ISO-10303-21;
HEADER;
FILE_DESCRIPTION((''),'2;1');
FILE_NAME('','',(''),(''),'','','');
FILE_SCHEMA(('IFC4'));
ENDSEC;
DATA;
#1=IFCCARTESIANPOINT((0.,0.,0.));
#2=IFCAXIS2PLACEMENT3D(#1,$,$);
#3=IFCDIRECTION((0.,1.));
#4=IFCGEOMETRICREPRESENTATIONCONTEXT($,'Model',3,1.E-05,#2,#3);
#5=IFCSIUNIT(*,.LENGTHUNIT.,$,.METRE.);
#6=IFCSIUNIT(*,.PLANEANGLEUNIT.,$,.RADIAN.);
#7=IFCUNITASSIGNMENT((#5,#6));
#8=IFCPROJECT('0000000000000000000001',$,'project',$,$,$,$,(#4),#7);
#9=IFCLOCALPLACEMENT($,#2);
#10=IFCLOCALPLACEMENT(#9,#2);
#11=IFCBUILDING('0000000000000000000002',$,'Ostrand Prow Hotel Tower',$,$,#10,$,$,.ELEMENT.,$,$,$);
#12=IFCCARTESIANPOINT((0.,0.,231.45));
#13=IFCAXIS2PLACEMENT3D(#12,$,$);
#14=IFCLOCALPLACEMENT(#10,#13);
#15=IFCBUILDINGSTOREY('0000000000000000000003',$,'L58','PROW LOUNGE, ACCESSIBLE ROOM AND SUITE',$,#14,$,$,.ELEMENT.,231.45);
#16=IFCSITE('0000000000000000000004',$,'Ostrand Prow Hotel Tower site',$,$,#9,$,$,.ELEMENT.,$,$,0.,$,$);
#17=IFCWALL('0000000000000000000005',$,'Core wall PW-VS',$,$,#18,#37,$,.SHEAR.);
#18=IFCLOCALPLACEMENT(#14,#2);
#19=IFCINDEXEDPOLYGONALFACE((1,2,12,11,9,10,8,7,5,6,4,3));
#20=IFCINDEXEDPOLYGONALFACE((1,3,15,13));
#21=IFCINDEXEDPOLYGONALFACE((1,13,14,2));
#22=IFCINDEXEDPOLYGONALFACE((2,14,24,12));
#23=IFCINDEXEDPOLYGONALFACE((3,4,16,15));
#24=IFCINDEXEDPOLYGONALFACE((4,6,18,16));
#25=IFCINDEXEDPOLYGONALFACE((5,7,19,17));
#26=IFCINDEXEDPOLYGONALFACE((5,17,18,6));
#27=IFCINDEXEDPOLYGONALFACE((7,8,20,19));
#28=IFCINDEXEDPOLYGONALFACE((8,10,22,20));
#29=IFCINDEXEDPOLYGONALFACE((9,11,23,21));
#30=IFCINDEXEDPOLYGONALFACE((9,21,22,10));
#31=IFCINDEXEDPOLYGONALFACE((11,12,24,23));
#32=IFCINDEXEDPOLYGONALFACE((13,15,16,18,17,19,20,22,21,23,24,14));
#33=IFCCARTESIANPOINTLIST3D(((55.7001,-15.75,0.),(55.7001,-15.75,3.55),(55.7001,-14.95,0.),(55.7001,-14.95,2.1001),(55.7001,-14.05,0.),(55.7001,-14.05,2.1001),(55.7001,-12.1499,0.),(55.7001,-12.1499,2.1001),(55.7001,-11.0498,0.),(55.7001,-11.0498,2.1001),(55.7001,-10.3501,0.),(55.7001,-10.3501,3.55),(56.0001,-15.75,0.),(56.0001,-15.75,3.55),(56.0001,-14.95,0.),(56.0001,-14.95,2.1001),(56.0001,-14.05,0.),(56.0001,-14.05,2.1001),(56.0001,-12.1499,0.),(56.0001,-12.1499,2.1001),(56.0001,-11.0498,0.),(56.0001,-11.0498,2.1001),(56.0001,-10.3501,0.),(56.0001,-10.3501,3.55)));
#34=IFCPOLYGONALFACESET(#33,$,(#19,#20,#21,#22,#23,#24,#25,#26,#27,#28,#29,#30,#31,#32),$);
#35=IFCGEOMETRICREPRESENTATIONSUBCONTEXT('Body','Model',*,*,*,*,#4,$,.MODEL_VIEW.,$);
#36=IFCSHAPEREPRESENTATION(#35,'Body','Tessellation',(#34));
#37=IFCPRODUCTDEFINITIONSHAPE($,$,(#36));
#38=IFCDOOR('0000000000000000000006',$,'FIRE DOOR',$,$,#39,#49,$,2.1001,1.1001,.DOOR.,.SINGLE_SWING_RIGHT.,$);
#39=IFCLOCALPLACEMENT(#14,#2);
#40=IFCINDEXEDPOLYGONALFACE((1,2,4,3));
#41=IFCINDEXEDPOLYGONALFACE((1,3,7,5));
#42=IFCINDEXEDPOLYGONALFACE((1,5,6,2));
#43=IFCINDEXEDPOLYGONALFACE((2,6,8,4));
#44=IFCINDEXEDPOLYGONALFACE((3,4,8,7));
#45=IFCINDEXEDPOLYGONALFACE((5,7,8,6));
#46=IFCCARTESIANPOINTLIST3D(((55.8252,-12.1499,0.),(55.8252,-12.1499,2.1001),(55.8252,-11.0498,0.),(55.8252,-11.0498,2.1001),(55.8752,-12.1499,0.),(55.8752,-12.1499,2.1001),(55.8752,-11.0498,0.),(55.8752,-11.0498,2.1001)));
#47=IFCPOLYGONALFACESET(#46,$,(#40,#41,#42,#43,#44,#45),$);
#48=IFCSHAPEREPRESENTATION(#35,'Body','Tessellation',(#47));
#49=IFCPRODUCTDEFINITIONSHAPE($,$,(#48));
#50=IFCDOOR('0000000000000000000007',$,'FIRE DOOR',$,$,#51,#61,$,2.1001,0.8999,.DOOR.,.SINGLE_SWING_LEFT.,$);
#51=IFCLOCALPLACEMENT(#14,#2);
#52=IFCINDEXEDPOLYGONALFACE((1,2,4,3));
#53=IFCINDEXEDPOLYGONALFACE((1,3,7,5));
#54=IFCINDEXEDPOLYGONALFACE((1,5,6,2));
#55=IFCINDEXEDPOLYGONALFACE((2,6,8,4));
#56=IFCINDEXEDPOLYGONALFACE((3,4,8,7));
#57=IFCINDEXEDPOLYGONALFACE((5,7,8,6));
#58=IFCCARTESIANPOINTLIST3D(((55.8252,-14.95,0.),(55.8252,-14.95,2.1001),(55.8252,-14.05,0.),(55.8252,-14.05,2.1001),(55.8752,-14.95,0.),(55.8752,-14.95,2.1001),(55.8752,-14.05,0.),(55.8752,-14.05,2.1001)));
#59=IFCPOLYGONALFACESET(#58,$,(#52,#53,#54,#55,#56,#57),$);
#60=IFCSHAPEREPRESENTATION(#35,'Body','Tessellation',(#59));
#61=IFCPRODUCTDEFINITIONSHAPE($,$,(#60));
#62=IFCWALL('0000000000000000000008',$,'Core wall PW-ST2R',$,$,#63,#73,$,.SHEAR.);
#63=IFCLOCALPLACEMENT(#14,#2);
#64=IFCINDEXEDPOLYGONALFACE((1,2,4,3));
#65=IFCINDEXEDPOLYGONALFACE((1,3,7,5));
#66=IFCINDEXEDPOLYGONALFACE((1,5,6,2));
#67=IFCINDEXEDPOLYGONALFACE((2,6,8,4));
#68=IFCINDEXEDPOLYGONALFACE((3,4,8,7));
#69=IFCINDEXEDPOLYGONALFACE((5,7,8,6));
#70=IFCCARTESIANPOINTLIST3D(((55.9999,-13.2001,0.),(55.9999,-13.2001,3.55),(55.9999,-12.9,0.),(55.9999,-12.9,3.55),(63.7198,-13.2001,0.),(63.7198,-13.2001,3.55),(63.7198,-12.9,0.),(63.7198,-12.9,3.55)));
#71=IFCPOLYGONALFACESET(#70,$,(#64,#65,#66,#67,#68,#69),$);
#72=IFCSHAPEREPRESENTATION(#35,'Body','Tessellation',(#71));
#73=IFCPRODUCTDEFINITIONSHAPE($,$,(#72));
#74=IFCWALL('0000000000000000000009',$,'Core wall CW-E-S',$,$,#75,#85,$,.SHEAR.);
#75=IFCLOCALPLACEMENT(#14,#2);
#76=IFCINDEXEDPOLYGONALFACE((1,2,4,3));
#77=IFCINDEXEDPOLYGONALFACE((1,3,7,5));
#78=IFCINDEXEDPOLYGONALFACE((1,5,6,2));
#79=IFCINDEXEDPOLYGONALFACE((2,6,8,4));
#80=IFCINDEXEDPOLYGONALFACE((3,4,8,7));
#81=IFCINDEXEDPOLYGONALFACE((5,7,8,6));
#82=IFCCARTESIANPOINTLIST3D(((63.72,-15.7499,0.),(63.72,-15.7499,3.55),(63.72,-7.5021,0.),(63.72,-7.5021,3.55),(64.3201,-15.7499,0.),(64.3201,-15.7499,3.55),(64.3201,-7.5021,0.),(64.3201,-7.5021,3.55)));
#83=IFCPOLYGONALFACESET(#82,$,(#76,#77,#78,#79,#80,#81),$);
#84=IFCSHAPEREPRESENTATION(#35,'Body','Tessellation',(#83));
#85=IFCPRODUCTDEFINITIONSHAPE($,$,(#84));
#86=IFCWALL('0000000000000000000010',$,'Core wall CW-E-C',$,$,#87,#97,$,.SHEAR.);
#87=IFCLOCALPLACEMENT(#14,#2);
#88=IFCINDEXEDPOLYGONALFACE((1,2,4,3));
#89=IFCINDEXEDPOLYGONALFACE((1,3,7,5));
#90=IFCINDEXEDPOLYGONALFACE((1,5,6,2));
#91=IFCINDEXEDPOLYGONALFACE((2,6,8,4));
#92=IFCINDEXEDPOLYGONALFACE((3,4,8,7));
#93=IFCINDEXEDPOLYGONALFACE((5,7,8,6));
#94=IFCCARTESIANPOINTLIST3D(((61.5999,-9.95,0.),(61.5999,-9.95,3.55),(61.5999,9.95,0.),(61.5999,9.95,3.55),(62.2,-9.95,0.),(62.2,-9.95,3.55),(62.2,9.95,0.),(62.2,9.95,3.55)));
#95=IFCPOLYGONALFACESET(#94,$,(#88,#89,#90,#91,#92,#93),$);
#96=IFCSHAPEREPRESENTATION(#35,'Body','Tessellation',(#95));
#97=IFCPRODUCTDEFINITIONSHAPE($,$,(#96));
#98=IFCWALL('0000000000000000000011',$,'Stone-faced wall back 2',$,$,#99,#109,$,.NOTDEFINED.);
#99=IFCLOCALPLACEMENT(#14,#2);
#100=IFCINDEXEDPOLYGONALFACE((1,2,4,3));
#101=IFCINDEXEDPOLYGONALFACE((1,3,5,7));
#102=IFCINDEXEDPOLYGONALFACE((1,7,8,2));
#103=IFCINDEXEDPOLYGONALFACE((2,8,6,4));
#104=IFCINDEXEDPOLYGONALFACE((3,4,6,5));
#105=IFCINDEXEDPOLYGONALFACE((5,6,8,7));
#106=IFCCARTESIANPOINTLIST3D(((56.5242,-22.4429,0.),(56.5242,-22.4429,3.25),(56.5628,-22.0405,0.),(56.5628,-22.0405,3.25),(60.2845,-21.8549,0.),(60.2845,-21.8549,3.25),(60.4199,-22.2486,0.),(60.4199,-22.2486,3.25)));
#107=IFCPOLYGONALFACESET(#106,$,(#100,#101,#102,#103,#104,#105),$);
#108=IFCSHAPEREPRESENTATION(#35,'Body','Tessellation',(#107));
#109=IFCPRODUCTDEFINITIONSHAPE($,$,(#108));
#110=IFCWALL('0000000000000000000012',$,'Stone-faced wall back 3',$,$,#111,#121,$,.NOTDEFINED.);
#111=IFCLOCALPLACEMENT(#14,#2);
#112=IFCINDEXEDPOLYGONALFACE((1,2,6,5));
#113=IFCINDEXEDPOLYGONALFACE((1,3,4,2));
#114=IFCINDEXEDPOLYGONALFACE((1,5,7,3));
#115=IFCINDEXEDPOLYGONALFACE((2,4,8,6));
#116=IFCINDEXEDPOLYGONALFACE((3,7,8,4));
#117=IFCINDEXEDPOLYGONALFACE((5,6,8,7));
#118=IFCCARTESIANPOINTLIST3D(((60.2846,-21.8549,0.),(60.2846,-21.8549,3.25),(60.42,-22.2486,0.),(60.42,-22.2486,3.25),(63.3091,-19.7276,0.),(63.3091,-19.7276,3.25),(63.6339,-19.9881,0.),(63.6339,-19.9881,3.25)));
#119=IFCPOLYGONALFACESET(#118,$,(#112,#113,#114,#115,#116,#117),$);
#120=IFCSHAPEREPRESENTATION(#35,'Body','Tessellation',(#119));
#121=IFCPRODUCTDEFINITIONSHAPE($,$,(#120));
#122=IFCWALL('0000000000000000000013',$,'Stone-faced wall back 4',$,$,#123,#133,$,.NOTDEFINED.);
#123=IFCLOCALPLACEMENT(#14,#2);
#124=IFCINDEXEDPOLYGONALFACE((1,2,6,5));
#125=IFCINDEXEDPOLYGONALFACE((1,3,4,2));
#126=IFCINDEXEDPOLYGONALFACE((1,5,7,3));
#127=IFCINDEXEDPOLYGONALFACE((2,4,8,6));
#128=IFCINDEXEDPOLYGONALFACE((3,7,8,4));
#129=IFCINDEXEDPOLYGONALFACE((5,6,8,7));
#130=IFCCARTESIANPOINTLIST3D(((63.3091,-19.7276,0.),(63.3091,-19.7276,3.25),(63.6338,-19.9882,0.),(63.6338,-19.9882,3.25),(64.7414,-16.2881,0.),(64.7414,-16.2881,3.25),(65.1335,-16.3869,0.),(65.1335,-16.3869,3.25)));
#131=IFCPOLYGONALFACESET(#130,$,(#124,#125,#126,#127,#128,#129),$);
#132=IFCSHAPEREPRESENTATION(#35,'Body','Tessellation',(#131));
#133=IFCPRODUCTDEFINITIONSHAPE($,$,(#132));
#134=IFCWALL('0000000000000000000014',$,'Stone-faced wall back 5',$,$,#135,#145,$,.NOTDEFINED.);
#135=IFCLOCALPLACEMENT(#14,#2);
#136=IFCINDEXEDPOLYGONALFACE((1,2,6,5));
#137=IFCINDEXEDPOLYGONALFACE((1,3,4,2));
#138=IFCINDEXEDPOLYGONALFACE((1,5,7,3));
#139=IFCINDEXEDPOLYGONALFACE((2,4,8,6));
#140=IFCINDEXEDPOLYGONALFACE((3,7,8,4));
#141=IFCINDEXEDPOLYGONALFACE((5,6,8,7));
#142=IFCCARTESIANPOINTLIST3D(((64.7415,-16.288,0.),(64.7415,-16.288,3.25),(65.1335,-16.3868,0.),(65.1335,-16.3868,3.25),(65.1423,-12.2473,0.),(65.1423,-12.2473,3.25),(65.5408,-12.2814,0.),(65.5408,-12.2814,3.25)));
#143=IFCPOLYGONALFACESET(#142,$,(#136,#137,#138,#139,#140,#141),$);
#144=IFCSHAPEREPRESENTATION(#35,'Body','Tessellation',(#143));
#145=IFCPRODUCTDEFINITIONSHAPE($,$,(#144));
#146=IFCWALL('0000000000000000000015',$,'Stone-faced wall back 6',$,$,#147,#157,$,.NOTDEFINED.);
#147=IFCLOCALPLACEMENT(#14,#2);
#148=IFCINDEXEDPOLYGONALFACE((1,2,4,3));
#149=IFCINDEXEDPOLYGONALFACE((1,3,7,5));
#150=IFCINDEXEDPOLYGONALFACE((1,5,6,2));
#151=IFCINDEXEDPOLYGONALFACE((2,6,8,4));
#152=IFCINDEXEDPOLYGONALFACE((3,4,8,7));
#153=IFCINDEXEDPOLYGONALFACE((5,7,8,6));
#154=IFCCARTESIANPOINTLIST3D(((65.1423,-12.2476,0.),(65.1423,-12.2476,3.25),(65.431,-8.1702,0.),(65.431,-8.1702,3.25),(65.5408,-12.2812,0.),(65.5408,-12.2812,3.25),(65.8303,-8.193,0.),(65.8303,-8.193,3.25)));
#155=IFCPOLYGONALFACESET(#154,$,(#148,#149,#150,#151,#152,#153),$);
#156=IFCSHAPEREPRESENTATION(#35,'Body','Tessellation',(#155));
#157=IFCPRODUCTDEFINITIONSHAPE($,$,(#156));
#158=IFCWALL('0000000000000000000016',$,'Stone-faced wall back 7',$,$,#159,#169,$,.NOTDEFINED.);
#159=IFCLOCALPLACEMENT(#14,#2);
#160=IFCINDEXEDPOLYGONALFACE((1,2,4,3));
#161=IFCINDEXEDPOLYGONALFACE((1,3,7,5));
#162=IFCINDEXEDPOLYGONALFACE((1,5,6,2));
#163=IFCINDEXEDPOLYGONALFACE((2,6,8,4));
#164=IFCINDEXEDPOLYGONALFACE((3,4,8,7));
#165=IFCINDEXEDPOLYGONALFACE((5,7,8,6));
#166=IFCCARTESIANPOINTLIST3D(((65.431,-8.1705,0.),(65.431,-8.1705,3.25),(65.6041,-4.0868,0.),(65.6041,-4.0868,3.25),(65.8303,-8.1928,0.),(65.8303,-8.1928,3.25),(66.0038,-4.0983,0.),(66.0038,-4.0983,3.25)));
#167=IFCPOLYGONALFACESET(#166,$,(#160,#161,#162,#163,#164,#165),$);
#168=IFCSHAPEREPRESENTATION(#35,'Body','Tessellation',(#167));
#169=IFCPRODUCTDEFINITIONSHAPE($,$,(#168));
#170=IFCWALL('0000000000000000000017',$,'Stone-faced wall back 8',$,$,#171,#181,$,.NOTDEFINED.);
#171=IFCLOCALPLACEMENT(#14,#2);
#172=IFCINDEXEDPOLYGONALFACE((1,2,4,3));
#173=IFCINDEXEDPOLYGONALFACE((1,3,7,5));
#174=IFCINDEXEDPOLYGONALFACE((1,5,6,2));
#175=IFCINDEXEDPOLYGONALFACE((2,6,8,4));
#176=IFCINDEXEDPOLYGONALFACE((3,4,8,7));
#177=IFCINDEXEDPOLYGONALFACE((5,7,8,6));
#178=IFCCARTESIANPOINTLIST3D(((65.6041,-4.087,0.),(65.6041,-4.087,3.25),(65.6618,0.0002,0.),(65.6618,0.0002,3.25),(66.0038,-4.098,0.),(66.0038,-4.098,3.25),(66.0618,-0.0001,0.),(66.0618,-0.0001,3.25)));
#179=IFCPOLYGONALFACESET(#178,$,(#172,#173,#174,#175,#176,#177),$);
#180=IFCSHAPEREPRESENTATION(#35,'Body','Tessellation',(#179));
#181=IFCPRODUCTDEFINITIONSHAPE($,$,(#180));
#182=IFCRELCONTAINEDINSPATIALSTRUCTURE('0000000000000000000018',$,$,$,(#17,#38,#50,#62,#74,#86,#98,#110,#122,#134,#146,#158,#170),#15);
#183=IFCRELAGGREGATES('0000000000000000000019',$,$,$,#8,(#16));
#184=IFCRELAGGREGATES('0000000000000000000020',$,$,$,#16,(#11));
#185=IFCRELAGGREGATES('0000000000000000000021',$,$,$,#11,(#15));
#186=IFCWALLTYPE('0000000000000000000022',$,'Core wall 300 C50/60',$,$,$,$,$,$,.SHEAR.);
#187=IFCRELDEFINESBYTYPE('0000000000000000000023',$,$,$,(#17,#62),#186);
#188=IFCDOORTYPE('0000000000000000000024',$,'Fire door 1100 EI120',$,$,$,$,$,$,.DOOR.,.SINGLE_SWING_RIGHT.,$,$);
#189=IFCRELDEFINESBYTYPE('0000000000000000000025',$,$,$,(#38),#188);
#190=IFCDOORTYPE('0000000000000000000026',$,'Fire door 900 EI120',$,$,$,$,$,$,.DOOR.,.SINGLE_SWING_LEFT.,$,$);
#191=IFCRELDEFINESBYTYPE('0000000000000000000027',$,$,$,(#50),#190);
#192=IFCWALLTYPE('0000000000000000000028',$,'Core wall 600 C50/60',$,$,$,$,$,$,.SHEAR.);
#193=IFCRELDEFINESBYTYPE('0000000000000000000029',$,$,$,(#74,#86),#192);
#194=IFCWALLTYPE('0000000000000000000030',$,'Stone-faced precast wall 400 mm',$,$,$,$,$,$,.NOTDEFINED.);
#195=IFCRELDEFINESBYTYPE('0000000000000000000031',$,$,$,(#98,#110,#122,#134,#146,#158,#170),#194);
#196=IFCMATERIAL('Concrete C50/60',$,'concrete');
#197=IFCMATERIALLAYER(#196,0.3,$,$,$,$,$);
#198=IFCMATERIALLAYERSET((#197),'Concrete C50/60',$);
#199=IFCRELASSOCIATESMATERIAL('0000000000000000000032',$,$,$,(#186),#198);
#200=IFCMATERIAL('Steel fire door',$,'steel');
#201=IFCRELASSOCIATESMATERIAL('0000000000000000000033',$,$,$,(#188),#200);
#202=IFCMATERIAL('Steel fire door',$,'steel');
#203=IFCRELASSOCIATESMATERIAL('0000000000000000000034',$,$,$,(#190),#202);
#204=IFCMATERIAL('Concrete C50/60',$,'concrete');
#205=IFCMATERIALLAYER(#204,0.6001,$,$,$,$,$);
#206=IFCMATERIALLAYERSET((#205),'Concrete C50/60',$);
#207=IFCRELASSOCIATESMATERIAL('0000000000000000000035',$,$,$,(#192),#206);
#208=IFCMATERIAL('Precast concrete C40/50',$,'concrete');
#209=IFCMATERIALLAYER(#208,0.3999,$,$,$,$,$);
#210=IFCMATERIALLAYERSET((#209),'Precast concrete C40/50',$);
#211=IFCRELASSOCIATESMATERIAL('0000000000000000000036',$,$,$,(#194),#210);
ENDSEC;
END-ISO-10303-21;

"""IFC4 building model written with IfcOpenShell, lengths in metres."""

from ifc_helpers import new_model, si_unit, direction, frame, frame_2d, origin, place, context, subcontext, project, spatial, polyline, rectangle, outline, extrude, material, layer, layer_set, type_object, element, fill, save


model = new_model("IFC4")

# Units and contexts
model_context = context("Model", 3, precision=1e-05, world=origin(), true_north=direction((0.0, 1.0)))
body_context = subcontext(model_context, "Body", "Model", "MODEL_VIEW")
ifc_project = project(units=[si_unit("LENGTHUNIT", "METRE"), si_unit("PLANEANGLEUNIT", "RADIAN")], contexts=[model_context])

# Site, building, storey
site_placement = place(None, origin())
site = spatial("IfcSite", under=ifc_project, at=site_placement, Name="Ostrand Prow Hotel Tower site", CompositionType="ELEMENT", RefElevation=0.0)
building_placement = place(site_placement, origin())
building = spatial("IfcBuilding", under=site, at=building_placement, Name="Ostrand Prow Hotel Tower", CompositionType="ELEMENT")
storey_placement = place(building_placement, frame((0.0, 0.0, 231.45)))
storey = spatial("IfcBuildingStorey", under=building, at=storey_placement, Name="L58", Description="PROW LOUNGE, ACCESSIBLE ROOM AND SUITE", CompositionType="ELEMENT", Elevation=231.45)

# Shared definitions
ifc_material_1 = material(Name="Concrete C50/60", Category="concrete")
ifc_layer_1 = layer(ifc_material_1, 0.3)
ifc_layer_set_1 = layer_set([ifc_layer_1], Name="Concrete C50/60")
wall_type_1 = type_object("IfcWallType", Name="Core wall 300 C50/60", PredefinedType="SHEAR", material=ifc_layer_set_1)

# Wall, openings, doors
wall_1_placement = place(storey_placement, frame((55.8501, -15.75, 0.0), z_axis=(0.0, 0.0, 1.0), x_axis=(0.0, 1.0, 0.0)))
wall_1 = element("IfcWall", 1, at=wall_1_placement, inside=storey, type_object=wall_type_1, Name="Core wall PW-VS", PredefinedType="SHEAR", context=body_context, shape_type="SweptSolid", body=[
    extrude(rectangle(XDim=5.3999, YDim=0.3, at=frame_2d((2.7, 0.0))), origin(), (0.0, 0.0, 1.0), 3.55),
])
opening_1_placement = place(wall_1_placement, frame((3.6001, 0.0, 0.0)))
opening_1 = element("IfcOpeningElement", 2, at=opening_1_placement, cuts=wall_1, PredefinedType="OPENING", context=body_context, shape_type="SweptSolid", body=[
    extrude(rectangle(XDim=1.1001, YDim=2.1001, at=frame_2d((0.55, 1.05))), frame((0.0, 0.1599, 0.0), z_axis=(0.0, -1.0, 0.0), x_axis=(1.0, 0.0, 0.0)), (0.0, 0.0, 1.0), 0.3201),
])
opening_2_placement = place(wall_1_placement, frame((0.8, 0.0, 0.0)))
opening_2 = element("IfcOpeningElement", 3, at=opening_2_placement, cuts=wall_1, PredefinedType="OPENING", context=body_context, shape_type="SweptSolid", body=[
    extrude(rectangle(XDim=0.8999, YDim=2.1001, at=frame_2d((0.45, 1.05))), frame((0.0, 0.1599, 0.0), z_axis=(0.0, -1.0, 0.0), x_axis=(1.0, 0.0, 0.0)), (0.0, 0.0, 1.0), 0.3201),
])
ifc_material_2 = material(Name="Steel fire door", Category="steel")
door_type_1 = type_object("IfcDoorType", Name="Fire door 1100 EI120", OperationType="SINGLE_SWING_RIGHT", PredefinedType="DOOR", material=ifc_material_2)
door_1_placement = place(opening_1_placement, origin())
door_1 = element("IfcDoor", 4, at=door_1_placement, inside=storey, type_object=door_type_1, Name="FIRE DOOR", OperationType="SINGLE_SWING_RIGHT", OverallHeight=2.1001, OverallWidth=1.1001, PredefinedType="DOOR", context=body_context, shape_type="SweptSolid", body=[
    extrude(rectangle(XDim=1.1001, YDim=2.1001, at=frame_2d((0.55, 1.05))), frame((0.0, 0.0249, 0.0), z_axis=(0.0, -1.0, 0.0), x_axis=(1.0, 0.0, 0.0)), (0.0, 0.0, 1.0), 0.05),
])
fill(opening_1, door_1)
ifc_material_3 = material(Name="Steel fire door", Category="steel")
door_type_2 = type_object("IfcDoorType", Name="Fire door 900 EI120", OperationType="SINGLE_SWING_LEFT", PredefinedType="DOOR", material=ifc_material_3)
door_2_placement = place(opening_2_placement, origin())
door_2 = element("IfcDoor", 5, at=door_2_placement, inside=storey, type_object=door_type_2, Name="FIRE DOOR", OperationType="SINGLE_SWING_LEFT", OverallHeight=2.1001, OverallWidth=0.8999, PredefinedType="DOOR", context=body_context, shape_type="SweptSolid", body=[
    extrude(rectangle(XDim=0.8999, YDim=2.1001, at=frame_2d((0.45, 1.05))), frame((0.0, 0.0249, 0.0), z_axis=(0.0, -1.0, 0.0), x_axis=(1.0, 0.0, 0.0)), (0.0, 0.0, 1.0), 0.05),
])
fill(opening_2, door_2)

# Walls
wall_2_placement = place(storey_placement, frame((56.0, -13.05, 0.0), z_axis=(0.0, 0.0, 1.0), x_axis=(1.0, 0.0, 0.0)))
element("IfcWall", 6, at=wall_2_placement, inside=storey, type_object=wall_type_1, Name="Core wall PW-ST2R", PredefinedType="SHEAR", context=body_context, shape_type="SweptSolid", body=[
    extrude(rectangle(XDim=7.72, YDim=0.3, at=frame_2d((3.8599, 0.0))), origin(), (0.0, 0.0, 1.0), 3.55),
])
ifc_material_4 = material(Name="Concrete C50/60", Category="concrete")
ifc_layer_2 = layer(ifc_material_4, 0.6001)
ifc_layer_set_2 = layer_set([ifc_layer_2], Name="Concrete C50/60")
wall_type_2 = type_object("IfcWallType", Name="Core wall 600 C50/60", PredefinedType="SHEAR", material=ifc_layer_set_2)
wall_3_placement = place(storey_placement, frame((64.02, -15.75, 0.0), z_axis=(0.0, 0.0, 1.0), x_axis=(0.0, 1.0, 0.0)))
element("IfcWall", 7, at=wall_3_placement, inside=storey, type_object=wall_type_2, Name="Core wall CW-E-S", PredefinedType="SHEAR", context=body_context, shape_type="SweptSolid", body=[
    extrude(rectangle(XDim=8.2478, YDim=0.6001, at=frame_2d((4.124, 0.0))), origin(), (0.0, 0.0, 1.0), 3.55),
])
wall_4_placement = place(storey_placement, frame((61.8999, -9.95, 0.0), z_axis=(0.0, 0.0, 1.0), x_axis=(0.0, 1.0, 0.0)))
element("IfcWall", 8, at=wall_4_placement, inside=storey, type_object=wall_type_2, Name="Core wall CW-E-C", PredefinedType="SHEAR", context=body_context, shape_type="SweptSolid", body=[
    extrude(rectangle(XDim=19.8999, YDim=0.6001, at=frame_2d((9.95, 0.0))), origin(), (0.0, 0.0, 1.0), 3.55),
])
ifc_material_5 = material(Name="Precast concrete C40/50", Category="concrete")
ifc_layer_3 = layer(ifc_material_5, 0.3999)
ifc_layer_set_3 = layer_set([ifc_layer_3], Name="Precast concrete C40/50")
wall_type_3 = type_object("IfcWallType", Name="Stone-faced precast wall 400 mm", PredefinedType="NOTDEFINED", material=ifc_layer_set_3)
wall_5_placement = place(storey_placement, frame((56.5435, -22.2417, 0.0), z_axis=(0.0, 0.0, 1.0), x_axis=(0.998759, 0.049807, 0.0)))
element("IfcWall", 9, at=wall_5_placement, inside=storey, type_object=wall_type_3, Name="Stone-faced wall back 2", PredefinedType="NOTDEFINED", context=body_context, shape_type="SweptSolid", body=[
    extrude(outline(polyline([(-0.0293, -0.2), (3.8713, -0.2), (3.7556, 0.2), (0.0293, 0.2), (-0.0293, -0.2)])), origin(), (0.0, 0.0, 1.0), 3.25),
])
wall_6_placement = place(storey_placement, frame((60.3523, -22.0518, 0.0), z_axis=(0.0, 0.0, 1.0), x_axis=(0.817943, 0.5753, 0.0)))
element("IfcWall", 10, at=wall_6_placement, inside=storey, type_object=wall_type_3, Name="Stone-faced wall back 3", PredefinedType="NOTDEFINED", context=body_context, shape_type="SweptSolid", body=[
    extrude(outline(polyline([(-0.0579, -0.2), (3.8713, -0.2), (3.7556, 0.2), (0.0579, 0.2), (-0.0579, -0.2)])), origin(), (0.0, 0.0, 1.0), 3.25),
])
wall_7_placement = place(storey_placement, frame((63.4714, -19.8579, 0.0), z_axis=(0.0, 0.0, 1.0), x_axis=(0.384434, 0.923153, 0.0)))
element("IfcWall", 11, at=wall_7_placement, inside=storey, type_object=wall_type_3, Name="Stone-faced wall back 4", PredefinedType="NOTDEFINED", context=body_context, shape_type="SweptSolid", body=[
    extrude(outline(polyline([(-0.0579, -0.2), (3.8433, -0.2), (3.7837, 0.2), (0.0579, 0.2), (-0.0579, -0.2)])), origin(), (0.0, 0.0, 1.0), 3.25),
])
wall_8_placement = place(storey_placement, frame((64.9375, -16.3374, 0.0), z_axis=(0.0, 0.0, 1.0), x_axis=(0.098718, 0.995115, 0.0)))
element("IfcWall", 12, at=wall_8_placement, inside=storey, type_object=wall_type_3, Name="Stone-faced wall back 5", PredefinedType="NOTDEFINED", context=body_context, shape_type="SweptSolid", body=[
    extrude(outline(polyline([(-0.0298, -0.2), (4.0957, -0.2), (4.0903, 0.2), (0.0298, 0.2), (-0.0298, -0.2)])), origin(), (0.0, 0.0, 1.0), 3.25),
])
wall_9_placement = place(storey_placement, frame((65.3416, -12.2644, 0.0), z_axis=(0.0, 0.0, 1.0), x_axis=(0.070624, 0.997503, 0.0)))
element("IfcWall", 13, at=wall_9_placement, inside=storey, type_object=wall_type_3, Name="Stone-faced wall back 6", PredefinedType="NOTDEFINED", context=body_context, shape_type="SweptSolid", body=[
    extrude(outline(polyline([(-0.0027, -0.2), (4.0957, -0.2), (4.0903, 0.2), (0.0027, 0.2), (-0.0027, -0.2)])), origin(), (0.0, 0.0, 1.0), 3.25),
])
wall_10_placement = place(storey_placement, frame((65.6306, -8.1816, 0.0), z_axis=(0.0, 0.0, 1.0), x_axis=(0.042353, 0.999103, 0.0)))
element("IfcWall", 14, at=wall_10_placement, inside=storey, type_object=wall_type_3, Name="Stone-faced wall back 7", PredefinedType="NOTDEFINED", context=body_context, shape_type="SweptSolid", body=[
    extrude(outline(polyline([(-0.0027, -0.2), (4.0955, -0.2), (4.0901, 0.2), (0.0027, 0.2), (-0.0027, -0.2)])), origin(), (0.0, 0.0, 1.0), 3.25),
])
wall_11_placement = place(storey_placement, frame((65.804, -4.0925, 0.0), z_axis=(0.0, 0.0, 1.0), x_axis=(0.014137, 0.9999, 0.0)))
element("IfcWall", 15, at=wall_11_placement, inside=storey, type_object=wall_type_3, Name="Stone-faced wall back 8", PredefinedType="NOTDEFINED", context=body_context, shape_type="SweptSolid", body=[
    extrude(outline(polyline([(-0.0027, -0.2), (4.0957, -0.2), (4.0903, 0.2), (0.0027, 0.2), (-0.0027, -0.2)])), origin(), (0.0, 0.0, 1.0), 3.25),
])

save(model, "model.ifc")
